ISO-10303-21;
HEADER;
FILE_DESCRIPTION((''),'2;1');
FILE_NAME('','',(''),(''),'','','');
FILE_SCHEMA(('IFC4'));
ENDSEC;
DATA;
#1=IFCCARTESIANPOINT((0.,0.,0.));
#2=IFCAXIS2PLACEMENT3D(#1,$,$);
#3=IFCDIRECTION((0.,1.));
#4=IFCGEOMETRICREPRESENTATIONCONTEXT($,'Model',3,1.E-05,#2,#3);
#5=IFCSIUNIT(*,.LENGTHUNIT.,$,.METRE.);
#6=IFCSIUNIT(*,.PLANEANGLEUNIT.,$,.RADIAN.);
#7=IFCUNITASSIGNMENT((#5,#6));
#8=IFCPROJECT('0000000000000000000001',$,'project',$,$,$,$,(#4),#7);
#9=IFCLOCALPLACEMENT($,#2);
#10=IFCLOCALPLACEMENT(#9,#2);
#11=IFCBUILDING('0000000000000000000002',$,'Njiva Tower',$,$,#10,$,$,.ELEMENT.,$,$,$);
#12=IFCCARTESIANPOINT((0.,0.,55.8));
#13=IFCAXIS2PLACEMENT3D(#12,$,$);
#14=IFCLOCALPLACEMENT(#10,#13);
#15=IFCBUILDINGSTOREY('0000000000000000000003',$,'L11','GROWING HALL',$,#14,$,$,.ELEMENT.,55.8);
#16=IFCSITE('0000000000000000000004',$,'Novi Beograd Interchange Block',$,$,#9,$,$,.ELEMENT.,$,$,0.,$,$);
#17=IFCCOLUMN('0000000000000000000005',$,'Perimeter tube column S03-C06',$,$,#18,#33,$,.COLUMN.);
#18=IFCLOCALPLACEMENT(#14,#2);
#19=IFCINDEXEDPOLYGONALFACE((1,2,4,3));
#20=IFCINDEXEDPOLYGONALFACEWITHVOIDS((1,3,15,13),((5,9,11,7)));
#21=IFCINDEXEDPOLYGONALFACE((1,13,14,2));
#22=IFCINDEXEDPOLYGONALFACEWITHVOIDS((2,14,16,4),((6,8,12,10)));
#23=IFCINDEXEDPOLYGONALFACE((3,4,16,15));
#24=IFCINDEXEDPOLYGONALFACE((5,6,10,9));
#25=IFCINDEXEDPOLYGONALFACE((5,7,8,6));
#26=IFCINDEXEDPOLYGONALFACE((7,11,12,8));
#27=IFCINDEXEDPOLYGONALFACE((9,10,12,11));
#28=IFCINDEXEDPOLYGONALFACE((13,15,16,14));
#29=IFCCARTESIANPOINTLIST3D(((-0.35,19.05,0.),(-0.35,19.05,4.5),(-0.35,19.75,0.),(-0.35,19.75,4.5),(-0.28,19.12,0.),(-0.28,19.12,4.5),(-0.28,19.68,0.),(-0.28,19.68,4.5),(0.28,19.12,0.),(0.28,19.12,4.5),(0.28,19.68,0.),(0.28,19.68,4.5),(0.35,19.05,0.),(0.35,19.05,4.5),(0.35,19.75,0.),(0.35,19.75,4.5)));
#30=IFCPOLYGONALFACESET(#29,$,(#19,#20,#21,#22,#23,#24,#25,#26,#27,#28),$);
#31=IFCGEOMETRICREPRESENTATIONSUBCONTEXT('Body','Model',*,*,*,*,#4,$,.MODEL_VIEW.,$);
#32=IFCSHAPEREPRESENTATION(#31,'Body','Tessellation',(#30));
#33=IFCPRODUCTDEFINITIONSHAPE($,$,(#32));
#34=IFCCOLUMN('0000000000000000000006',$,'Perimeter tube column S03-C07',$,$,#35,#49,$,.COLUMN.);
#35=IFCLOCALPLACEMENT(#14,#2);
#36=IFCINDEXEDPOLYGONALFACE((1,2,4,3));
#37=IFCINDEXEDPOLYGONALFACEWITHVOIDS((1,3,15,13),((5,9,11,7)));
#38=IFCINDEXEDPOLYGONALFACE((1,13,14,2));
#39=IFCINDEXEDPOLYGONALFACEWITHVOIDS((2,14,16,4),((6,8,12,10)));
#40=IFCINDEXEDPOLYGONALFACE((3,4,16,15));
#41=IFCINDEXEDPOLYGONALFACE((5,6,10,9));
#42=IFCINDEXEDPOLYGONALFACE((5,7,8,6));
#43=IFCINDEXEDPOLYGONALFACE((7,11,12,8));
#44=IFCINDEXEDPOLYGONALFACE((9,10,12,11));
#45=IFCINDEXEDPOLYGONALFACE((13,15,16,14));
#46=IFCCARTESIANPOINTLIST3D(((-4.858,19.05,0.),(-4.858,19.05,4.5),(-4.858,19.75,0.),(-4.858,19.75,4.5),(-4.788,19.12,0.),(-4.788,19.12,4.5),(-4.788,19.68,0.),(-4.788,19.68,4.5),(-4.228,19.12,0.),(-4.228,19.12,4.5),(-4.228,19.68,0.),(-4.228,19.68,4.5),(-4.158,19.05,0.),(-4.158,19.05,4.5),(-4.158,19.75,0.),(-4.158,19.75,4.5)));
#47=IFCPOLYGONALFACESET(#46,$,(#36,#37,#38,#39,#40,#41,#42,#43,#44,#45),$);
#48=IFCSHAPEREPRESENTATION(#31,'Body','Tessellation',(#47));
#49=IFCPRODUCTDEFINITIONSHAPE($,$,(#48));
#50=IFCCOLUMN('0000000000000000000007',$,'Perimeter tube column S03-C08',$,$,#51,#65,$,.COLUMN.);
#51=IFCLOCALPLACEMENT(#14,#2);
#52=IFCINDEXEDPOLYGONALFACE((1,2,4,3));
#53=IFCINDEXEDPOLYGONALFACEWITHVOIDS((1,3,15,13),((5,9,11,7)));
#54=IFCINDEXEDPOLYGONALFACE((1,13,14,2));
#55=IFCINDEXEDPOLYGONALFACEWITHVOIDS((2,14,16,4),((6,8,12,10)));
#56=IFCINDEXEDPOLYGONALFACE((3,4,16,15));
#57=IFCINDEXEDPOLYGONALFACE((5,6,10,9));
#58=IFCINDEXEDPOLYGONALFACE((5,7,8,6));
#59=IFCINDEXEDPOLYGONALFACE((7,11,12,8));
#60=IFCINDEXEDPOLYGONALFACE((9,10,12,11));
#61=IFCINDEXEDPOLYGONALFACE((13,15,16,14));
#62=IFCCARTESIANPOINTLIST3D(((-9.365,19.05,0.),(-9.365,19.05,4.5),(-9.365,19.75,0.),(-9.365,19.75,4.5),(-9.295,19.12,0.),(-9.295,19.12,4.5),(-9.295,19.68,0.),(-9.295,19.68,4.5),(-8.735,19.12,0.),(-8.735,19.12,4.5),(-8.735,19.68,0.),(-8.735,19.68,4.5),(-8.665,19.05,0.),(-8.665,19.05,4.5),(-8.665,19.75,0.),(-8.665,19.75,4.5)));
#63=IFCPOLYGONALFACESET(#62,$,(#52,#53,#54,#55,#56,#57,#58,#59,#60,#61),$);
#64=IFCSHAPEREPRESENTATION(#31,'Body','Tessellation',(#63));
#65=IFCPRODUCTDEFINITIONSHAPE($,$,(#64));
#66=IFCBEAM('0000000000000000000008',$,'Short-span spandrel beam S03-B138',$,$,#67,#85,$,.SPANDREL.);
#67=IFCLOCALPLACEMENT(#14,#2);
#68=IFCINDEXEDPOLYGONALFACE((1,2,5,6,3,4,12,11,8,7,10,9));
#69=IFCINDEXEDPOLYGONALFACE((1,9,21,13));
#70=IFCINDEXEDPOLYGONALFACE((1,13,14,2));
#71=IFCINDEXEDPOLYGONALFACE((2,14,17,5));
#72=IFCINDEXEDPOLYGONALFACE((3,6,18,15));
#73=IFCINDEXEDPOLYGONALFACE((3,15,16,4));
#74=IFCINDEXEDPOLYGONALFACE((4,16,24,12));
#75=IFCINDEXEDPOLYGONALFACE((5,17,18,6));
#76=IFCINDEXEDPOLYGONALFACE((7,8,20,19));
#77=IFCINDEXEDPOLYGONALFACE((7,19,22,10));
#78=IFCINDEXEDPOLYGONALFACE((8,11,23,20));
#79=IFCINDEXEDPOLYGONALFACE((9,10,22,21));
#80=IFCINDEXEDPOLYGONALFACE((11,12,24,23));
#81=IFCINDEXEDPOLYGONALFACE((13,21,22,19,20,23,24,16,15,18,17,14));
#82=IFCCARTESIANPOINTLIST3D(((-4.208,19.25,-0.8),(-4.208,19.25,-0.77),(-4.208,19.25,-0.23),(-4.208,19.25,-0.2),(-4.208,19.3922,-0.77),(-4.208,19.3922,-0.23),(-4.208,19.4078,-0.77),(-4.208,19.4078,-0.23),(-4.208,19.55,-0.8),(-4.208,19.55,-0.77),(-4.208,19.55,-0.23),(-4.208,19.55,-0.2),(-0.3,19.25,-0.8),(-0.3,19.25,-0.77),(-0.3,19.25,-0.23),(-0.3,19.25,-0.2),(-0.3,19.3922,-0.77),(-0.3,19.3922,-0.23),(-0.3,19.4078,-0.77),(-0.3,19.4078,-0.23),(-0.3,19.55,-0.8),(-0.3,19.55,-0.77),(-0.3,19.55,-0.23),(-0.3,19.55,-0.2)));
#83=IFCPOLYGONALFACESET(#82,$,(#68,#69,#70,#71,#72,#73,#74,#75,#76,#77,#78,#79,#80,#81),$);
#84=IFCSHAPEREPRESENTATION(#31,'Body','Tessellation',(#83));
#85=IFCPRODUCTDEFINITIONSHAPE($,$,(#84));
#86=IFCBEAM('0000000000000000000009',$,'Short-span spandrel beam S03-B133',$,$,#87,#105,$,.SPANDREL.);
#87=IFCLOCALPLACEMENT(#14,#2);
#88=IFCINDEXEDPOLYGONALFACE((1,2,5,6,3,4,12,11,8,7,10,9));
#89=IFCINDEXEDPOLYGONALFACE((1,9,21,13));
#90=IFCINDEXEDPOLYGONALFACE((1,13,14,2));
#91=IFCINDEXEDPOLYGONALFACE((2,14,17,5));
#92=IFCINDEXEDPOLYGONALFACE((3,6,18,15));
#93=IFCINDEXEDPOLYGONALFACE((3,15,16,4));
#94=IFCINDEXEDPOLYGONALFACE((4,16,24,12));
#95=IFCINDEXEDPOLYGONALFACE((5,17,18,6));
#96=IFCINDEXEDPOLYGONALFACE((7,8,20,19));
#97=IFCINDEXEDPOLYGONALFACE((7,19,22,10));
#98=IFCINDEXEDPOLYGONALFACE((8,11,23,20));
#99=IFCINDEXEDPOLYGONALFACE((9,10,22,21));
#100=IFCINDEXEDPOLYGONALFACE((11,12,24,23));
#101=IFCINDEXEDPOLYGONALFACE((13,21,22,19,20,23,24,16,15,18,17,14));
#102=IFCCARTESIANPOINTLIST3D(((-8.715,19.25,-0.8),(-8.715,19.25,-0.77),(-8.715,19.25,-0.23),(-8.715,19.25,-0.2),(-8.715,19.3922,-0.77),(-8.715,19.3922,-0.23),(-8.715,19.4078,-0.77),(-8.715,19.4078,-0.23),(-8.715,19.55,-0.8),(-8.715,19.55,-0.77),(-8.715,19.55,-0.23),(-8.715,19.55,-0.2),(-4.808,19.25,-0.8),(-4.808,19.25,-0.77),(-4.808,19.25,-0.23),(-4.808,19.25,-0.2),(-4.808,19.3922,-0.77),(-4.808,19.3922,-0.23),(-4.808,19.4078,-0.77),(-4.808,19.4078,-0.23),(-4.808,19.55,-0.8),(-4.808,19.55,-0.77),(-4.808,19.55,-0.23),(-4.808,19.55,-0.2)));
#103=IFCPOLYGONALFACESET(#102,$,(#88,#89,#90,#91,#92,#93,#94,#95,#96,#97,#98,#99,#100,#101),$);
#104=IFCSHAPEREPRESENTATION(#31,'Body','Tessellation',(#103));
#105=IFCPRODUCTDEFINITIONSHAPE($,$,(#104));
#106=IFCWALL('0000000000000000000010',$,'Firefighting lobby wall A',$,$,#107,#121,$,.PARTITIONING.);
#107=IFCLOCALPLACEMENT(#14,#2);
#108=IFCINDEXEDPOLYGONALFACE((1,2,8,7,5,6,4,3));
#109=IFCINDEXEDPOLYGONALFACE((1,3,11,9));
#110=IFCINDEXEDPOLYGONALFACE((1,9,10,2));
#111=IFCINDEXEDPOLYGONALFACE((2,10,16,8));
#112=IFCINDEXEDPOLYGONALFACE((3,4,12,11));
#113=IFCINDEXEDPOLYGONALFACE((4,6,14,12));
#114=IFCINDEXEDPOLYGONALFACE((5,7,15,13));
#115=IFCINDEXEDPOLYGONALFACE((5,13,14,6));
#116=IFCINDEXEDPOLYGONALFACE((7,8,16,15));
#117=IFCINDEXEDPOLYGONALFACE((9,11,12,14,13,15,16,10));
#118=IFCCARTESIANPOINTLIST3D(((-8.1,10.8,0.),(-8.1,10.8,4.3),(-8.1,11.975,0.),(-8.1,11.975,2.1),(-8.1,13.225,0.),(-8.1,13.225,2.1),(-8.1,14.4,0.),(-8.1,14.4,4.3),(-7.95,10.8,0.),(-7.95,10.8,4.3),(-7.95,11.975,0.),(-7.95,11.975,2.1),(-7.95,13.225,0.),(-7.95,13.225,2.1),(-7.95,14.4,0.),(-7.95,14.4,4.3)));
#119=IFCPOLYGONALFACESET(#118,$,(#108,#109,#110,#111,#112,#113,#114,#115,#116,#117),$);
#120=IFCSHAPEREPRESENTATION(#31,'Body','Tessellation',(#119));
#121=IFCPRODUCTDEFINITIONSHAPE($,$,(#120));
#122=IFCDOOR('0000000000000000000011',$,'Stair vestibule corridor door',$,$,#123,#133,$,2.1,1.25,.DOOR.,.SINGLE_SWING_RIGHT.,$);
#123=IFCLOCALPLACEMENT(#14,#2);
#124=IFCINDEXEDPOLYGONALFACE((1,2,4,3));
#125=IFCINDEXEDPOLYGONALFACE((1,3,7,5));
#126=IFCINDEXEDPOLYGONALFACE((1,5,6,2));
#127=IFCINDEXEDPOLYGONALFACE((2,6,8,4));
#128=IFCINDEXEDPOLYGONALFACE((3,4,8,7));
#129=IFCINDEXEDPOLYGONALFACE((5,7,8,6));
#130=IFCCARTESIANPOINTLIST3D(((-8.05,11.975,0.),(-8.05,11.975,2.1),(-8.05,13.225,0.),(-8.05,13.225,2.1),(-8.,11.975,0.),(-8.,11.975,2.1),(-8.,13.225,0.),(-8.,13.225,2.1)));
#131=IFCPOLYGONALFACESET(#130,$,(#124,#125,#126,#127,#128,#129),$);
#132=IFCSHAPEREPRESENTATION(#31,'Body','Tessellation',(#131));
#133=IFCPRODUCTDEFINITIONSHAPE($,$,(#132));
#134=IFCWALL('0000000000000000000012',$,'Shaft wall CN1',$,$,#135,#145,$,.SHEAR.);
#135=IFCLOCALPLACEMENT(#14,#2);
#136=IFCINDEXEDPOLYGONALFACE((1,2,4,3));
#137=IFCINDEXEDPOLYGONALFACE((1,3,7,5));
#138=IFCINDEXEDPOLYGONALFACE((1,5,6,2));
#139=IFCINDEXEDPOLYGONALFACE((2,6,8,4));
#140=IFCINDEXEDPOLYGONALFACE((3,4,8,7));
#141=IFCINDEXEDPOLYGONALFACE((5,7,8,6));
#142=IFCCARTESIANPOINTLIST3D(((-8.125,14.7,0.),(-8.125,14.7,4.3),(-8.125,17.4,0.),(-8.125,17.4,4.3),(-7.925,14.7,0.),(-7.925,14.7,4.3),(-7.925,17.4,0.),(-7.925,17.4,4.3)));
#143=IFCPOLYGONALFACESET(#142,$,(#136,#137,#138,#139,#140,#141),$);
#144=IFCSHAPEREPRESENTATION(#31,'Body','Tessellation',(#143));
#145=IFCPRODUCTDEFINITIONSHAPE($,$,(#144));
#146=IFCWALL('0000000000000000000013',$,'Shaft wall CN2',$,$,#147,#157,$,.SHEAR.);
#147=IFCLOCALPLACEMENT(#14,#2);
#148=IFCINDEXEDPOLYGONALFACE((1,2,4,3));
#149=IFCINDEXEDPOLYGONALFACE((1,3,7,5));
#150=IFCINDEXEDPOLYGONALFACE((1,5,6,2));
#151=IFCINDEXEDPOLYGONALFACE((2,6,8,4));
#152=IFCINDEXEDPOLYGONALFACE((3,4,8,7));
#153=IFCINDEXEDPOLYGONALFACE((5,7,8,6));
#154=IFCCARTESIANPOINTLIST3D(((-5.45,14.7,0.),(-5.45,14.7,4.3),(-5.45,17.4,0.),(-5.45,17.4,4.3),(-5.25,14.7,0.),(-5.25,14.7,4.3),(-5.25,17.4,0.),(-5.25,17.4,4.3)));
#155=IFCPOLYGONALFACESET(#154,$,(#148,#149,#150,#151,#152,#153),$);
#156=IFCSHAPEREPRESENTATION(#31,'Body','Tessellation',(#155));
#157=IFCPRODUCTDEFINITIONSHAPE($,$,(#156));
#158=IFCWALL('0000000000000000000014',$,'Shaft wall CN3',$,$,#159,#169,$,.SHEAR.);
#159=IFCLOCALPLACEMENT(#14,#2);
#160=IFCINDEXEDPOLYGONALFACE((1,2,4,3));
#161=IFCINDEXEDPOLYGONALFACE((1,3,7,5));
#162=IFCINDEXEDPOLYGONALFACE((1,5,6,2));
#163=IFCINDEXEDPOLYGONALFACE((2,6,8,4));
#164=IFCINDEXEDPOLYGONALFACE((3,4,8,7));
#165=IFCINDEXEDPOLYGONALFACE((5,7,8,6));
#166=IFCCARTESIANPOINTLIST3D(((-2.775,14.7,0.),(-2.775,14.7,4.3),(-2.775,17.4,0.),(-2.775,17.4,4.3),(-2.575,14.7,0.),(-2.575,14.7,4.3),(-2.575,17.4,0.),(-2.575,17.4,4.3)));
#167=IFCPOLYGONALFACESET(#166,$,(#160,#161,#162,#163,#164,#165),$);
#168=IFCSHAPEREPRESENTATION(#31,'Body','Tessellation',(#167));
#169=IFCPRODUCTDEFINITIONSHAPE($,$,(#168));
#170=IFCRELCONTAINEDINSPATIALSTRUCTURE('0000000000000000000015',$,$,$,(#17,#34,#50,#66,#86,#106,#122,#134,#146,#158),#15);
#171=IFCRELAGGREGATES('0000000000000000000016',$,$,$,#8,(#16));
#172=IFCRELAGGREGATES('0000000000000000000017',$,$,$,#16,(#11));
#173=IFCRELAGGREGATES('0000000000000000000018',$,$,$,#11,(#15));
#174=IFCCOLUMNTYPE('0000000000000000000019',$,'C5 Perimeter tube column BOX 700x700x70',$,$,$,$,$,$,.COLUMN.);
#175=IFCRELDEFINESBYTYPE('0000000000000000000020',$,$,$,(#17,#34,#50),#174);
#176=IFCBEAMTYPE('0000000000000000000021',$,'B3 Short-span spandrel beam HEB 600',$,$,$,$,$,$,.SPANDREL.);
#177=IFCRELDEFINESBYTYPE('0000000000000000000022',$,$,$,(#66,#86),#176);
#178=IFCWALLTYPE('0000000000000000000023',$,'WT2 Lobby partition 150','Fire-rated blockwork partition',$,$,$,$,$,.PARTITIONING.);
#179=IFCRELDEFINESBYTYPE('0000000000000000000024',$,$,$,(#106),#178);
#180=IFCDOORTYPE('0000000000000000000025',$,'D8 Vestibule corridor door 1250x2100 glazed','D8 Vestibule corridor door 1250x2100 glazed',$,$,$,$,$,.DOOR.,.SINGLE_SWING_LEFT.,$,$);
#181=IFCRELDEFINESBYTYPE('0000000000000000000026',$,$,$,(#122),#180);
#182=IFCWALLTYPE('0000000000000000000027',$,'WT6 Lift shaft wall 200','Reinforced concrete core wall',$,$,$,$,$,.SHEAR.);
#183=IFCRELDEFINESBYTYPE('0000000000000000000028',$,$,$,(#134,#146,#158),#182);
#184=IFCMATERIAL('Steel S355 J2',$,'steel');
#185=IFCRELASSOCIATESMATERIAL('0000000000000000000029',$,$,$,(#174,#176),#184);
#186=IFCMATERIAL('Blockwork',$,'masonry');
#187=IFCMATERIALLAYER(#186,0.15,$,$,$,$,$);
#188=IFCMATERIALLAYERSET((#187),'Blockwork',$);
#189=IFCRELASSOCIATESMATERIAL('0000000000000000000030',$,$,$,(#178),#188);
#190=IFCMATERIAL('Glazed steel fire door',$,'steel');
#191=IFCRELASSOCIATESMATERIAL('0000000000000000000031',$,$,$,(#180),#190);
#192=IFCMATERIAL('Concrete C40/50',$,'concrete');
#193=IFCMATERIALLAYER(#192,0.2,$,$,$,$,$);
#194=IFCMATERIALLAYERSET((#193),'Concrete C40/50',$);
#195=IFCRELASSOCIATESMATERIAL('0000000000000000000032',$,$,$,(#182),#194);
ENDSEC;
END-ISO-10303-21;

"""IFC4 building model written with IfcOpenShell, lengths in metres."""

from ifc_helpers import new_model, si_unit, direction, frame, frame_2d, origin, origin_2d, place, context, subcontext, project, spatial, rectangle, hollow_rectangle, i_section, extrude, material, layer, layer_set, material_profile, profile_set, type_object, element, fill, save


model = new_model("IFC4")

# Units and contexts
model_context = context("Model", 3, precision=1e-05, world=origin(), true_north=direction((0.0, 1.0)))
body_context = subcontext(model_context, "Body", "Model", "MODEL_VIEW")
ifc_project = project(units=[si_unit("LENGTHUNIT", "METRE"), si_unit("PLANEANGLEUNIT", "RADIAN")], contexts=[model_context])

# Site, building, storey
site_placement = place(None, origin())
site = spatial("IfcSite", under=ifc_project, at=site_placement, Name="Novi Beograd Interchange Block", CompositionType="ELEMENT", RefElevation=0.0)
building_placement = place(site_placement, origin())
building = spatial("IfcBuilding", under=site, at=building_placement, Name="Njiva Tower", CompositionType="ELEMENT")
storey_placement = place(building_placement, frame((0.0, 0.0, 55.8)))
storey = spatial("IfcBuildingStorey", under=building, at=storey_placement, Name="L11", Description="GROWING HALL", CompositionType="ELEMENT", Elevation=55.8)

# Columns
ifc_material_1 = material(Name="Steel S355 J2", Category="steel")
ifc_material_profile_1 = material_profile(ifc_material_1, hollow_rectangle(XDim=0.7, YDim=0.7, WallThickness=0.07, at=origin_2d()), Name="BOX 700x700x70")
ifc_profile_set_1 = profile_set([ifc_material_profile_1], Name="Steel S355 J2")
column_type = type_object("IfcColumnType", Name="C5 Perimeter tube column BOX 700x700x70", PredefinedType="COLUMN", material=ifc_profile_set_1)
for number, where, z_axis, x_axis, name in (
    (1, (0.0, 19.4, 0.0), (0.0, 0.0, 1.0), (-1.0, 0.0, 0.0), "Perimeter tube column S03-C06"),
    (2, (-4.508, 19.4, 0.0), (0.0, 0.0, 1.0), (-1.0, 0.0, 0.0), "Perimeter tube column S03-C07"),
    (3, (-9.015, 19.4, 0.0), (0.0, 0.0, 1.0), (-1.0, 0.0, 0.0), "Perimeter tube column S03-C08"),
):
    element("IfcColumn", number, at=place(storey_placement, frame(where, z_axis=z_axis, x_axis=x_axis)), inside=storey, type_object=column_type, Name=name, PredefinedType="COLUMN", context=body_context, shape_type="SweptSolid", body=[
        extrude(hollow_rectangle(XDim=0.7, YDim=0.7, WallThickness=0.07, at=origin_2d()), origin(), (0.0, 0.0, 1.0), 4.5),
    ])

# Beams
ifc_material_profile_2 = material_profile(ifc_material_1, i_section(OverallWidth=0.3, OverallDepth=0.6, WebThickness=0.0155, FlangeThickness=0.03, at=origin_2d()), Name="HEB 600")
ifc_profile_set_2 = profile_set([ifc_material_profile_2], Name="Steel S355 J2")
beam_type = type_object("IfcBeamType", Name="B3 Short-span spandrel beam HEB 600", PredefinedType="SPANDREL", material=ifc_profile_set_2)
beam_1_placement = place(storey_placement, frame((-0.3, 19.4, -0.5), z_axis=(-1.0, 0.0, 0.0), x_axis=(0.0, -1.0, 0.0)))
element("IfcBeam", 4, at=beam_1_placement, inside=storey, type_object=beam_type, Name="Short-span spandrel beam S03-B138", PredefinedType="SPANDREL", context=body_context, shape_type="SweptSolid", body=[
    extrude(i_section(OverallWidth=0.3, OverallDepth=0.6, WebThickness=0.0155, FlangeThickness=0.03, at=origin_2d()), origin(), (0.0, 0.0, 1.0), 3.908),
])
beam_2_placement = place(storey_placement, frame((-4.808, 19.4, -0.5), z_axis=(-1.0, 0.0, 0.0), x_axis=(0.0, -1.0, 0.0)))
element("IfcBeam", 5, at=beam_2_placement, inside=storey, type_object=beam_type, Name="Short-span spandrel beam S03-B133", PredefinedType="SPANDREL", context=body_context, shape_type="SweptSolid", body=[
    extrude(i_section(OverallWidth=0.3, OverallDepth=0.6, WebThickness=0.0155, FlangeThickness=0.03, at=origin_2d()), origin(), (0.0, 0.0, 1.0), 3.907),
])

# Wall, opening, door
ifc_material_2 = material(Name="Blockwork", Category="masonry")
ifc_layer_1 = layer(ifc_material_2, 0.15)
ifc_layer_set_1 = layer_set([ifc_layer_1], Name="Blockwork")
wall_type_1 = type_object("IfcWallType", Name="WT2 Lobby partition 150", Description="Fire-rated blockwork partition", PredefinedType="PARTITIONING", material=ifc_layer_set_1)
wall_placement = place(storey_placement, frame((-8.025, 10.8, 0.0), z_axis=(0.0, 0.0, 1.0), x_axis=(0.0, 1.0, 0.0)))
wall = element("IfcWall", 6, at=wall_placement, inside=storey, type_object=wall_type_1, Name="Firefighting lobby wall A", PredefinedType="PARTITIONING", context=body_context, shape_type="SweptSolid", body=[
    extrude(rectangle(XDim=3.6, YDim=0.15, at=frame_2d((1.8, 0.0))), origin(), (0.0, 0.0, 1.0), 4.3),
])
opening_placement = place(wall_placement, frame((1.175, 0.0, 0.0)))
opening = element("IfcOpeningElement", 7, at=opening_placement, cuts=wall, PredefinedType="OPENING", context=body_context, shape_type="SweptSolid", body=[
    extrude(rectangle(XDim=1.25, YDim=2.1, at=frame_2d((0.625, 1.05))), frame((0.0, 0.085, 0.0), z_axis=(0.0, -1.0, 0.0), x_axis=(1.0, 0.0, 0.0)), (0.0, 0.0, 1.0), 0.17),
])
ifc_material_3 = material(Name="Glazed steel fire door", Category="steel")
door_type = type_object("IfcDoorType", Name="D8 Vestibule corridor door 1250x2100 glazed", Description="D8 Vestibule corridor door 1250x2100 glazed", OperationType="SINGLE_SWING_LEFT", PredefinedType="DOOR", material=ifc_material_3)
door_placement = place(opening_placement, origin())
door = element("IfcDoor", 8, at=door_placement, inside=storey, type_object=door_type, Name="Stair vestibule corridor door", OperationType="SINGLE_SWING_RIGHT", OverallHeight=2.1, OverallWidth=1.25, PredefinedType="DOOR", context=body_context, shape_type="SweptSolid", body=[
    extrude(rectangle(XDim=1.25, YDim=2.1, at=frame_2d((0.625, 1.05))), frame((0.0, 0.025, 0.0), z_axis=(0.0, -1.0, 0.0), x_axis=(1.0, 0.0, 0.0)), (0.0, 0.0, 1.0), 0.05),
])
fill(opening, door)

# Walls
ifc_material_4 = material(Name="Concrete C40/50", Category="concrete")
ifc_layer_2 = layer(ifc_material_4, 0.2)
ifc_layer_set_2 = layer_set([ifc_layer_2], Name="Concrete C40/50")
wall_type_2 = type_object("IfcWallType", Name="WT6 Lift shaft wall 200", Description="Reinforced concrete core wall", PredefinedType="SHEAR", material=ifc_layer_set_2)
for number, where, z_axis, x_axis, name in (
    (9, (-8.025, 14.7, 0.0), (0.0, 0.0, 1.0), (0.0, 1.0, 0.0), "Shaft wall CN1"),
    (10, (-5.35, 14.7, 0.0), (0.0, 0.0, 1.0), (0.0, 1.0, 0.0), "Shaft wall CN2"),
    (11, (-2.675, 14.7, 0.0), (0.0, 0.0, 1.0), (0.0, 1.0, 0.0), "Shaft wall CN3"),
):
    element("IfcWall", number, at=place(storey_placement, frame(where, z_axis=z_axis, x_axis=x_axis)), inside=storey, type_object=wall_type_2, Name=name, PredefinedType="SHEAR", context=body_context, shape_type="SweptSolid", body=[
        extrude(rectangle(XDim=2.7, YDim=0.2, at=frame_2d((1.35, 0.0))), origin(), (0.0, 0.0, 1.0), 4.3),
    ])

save(model, "model.ifc")
